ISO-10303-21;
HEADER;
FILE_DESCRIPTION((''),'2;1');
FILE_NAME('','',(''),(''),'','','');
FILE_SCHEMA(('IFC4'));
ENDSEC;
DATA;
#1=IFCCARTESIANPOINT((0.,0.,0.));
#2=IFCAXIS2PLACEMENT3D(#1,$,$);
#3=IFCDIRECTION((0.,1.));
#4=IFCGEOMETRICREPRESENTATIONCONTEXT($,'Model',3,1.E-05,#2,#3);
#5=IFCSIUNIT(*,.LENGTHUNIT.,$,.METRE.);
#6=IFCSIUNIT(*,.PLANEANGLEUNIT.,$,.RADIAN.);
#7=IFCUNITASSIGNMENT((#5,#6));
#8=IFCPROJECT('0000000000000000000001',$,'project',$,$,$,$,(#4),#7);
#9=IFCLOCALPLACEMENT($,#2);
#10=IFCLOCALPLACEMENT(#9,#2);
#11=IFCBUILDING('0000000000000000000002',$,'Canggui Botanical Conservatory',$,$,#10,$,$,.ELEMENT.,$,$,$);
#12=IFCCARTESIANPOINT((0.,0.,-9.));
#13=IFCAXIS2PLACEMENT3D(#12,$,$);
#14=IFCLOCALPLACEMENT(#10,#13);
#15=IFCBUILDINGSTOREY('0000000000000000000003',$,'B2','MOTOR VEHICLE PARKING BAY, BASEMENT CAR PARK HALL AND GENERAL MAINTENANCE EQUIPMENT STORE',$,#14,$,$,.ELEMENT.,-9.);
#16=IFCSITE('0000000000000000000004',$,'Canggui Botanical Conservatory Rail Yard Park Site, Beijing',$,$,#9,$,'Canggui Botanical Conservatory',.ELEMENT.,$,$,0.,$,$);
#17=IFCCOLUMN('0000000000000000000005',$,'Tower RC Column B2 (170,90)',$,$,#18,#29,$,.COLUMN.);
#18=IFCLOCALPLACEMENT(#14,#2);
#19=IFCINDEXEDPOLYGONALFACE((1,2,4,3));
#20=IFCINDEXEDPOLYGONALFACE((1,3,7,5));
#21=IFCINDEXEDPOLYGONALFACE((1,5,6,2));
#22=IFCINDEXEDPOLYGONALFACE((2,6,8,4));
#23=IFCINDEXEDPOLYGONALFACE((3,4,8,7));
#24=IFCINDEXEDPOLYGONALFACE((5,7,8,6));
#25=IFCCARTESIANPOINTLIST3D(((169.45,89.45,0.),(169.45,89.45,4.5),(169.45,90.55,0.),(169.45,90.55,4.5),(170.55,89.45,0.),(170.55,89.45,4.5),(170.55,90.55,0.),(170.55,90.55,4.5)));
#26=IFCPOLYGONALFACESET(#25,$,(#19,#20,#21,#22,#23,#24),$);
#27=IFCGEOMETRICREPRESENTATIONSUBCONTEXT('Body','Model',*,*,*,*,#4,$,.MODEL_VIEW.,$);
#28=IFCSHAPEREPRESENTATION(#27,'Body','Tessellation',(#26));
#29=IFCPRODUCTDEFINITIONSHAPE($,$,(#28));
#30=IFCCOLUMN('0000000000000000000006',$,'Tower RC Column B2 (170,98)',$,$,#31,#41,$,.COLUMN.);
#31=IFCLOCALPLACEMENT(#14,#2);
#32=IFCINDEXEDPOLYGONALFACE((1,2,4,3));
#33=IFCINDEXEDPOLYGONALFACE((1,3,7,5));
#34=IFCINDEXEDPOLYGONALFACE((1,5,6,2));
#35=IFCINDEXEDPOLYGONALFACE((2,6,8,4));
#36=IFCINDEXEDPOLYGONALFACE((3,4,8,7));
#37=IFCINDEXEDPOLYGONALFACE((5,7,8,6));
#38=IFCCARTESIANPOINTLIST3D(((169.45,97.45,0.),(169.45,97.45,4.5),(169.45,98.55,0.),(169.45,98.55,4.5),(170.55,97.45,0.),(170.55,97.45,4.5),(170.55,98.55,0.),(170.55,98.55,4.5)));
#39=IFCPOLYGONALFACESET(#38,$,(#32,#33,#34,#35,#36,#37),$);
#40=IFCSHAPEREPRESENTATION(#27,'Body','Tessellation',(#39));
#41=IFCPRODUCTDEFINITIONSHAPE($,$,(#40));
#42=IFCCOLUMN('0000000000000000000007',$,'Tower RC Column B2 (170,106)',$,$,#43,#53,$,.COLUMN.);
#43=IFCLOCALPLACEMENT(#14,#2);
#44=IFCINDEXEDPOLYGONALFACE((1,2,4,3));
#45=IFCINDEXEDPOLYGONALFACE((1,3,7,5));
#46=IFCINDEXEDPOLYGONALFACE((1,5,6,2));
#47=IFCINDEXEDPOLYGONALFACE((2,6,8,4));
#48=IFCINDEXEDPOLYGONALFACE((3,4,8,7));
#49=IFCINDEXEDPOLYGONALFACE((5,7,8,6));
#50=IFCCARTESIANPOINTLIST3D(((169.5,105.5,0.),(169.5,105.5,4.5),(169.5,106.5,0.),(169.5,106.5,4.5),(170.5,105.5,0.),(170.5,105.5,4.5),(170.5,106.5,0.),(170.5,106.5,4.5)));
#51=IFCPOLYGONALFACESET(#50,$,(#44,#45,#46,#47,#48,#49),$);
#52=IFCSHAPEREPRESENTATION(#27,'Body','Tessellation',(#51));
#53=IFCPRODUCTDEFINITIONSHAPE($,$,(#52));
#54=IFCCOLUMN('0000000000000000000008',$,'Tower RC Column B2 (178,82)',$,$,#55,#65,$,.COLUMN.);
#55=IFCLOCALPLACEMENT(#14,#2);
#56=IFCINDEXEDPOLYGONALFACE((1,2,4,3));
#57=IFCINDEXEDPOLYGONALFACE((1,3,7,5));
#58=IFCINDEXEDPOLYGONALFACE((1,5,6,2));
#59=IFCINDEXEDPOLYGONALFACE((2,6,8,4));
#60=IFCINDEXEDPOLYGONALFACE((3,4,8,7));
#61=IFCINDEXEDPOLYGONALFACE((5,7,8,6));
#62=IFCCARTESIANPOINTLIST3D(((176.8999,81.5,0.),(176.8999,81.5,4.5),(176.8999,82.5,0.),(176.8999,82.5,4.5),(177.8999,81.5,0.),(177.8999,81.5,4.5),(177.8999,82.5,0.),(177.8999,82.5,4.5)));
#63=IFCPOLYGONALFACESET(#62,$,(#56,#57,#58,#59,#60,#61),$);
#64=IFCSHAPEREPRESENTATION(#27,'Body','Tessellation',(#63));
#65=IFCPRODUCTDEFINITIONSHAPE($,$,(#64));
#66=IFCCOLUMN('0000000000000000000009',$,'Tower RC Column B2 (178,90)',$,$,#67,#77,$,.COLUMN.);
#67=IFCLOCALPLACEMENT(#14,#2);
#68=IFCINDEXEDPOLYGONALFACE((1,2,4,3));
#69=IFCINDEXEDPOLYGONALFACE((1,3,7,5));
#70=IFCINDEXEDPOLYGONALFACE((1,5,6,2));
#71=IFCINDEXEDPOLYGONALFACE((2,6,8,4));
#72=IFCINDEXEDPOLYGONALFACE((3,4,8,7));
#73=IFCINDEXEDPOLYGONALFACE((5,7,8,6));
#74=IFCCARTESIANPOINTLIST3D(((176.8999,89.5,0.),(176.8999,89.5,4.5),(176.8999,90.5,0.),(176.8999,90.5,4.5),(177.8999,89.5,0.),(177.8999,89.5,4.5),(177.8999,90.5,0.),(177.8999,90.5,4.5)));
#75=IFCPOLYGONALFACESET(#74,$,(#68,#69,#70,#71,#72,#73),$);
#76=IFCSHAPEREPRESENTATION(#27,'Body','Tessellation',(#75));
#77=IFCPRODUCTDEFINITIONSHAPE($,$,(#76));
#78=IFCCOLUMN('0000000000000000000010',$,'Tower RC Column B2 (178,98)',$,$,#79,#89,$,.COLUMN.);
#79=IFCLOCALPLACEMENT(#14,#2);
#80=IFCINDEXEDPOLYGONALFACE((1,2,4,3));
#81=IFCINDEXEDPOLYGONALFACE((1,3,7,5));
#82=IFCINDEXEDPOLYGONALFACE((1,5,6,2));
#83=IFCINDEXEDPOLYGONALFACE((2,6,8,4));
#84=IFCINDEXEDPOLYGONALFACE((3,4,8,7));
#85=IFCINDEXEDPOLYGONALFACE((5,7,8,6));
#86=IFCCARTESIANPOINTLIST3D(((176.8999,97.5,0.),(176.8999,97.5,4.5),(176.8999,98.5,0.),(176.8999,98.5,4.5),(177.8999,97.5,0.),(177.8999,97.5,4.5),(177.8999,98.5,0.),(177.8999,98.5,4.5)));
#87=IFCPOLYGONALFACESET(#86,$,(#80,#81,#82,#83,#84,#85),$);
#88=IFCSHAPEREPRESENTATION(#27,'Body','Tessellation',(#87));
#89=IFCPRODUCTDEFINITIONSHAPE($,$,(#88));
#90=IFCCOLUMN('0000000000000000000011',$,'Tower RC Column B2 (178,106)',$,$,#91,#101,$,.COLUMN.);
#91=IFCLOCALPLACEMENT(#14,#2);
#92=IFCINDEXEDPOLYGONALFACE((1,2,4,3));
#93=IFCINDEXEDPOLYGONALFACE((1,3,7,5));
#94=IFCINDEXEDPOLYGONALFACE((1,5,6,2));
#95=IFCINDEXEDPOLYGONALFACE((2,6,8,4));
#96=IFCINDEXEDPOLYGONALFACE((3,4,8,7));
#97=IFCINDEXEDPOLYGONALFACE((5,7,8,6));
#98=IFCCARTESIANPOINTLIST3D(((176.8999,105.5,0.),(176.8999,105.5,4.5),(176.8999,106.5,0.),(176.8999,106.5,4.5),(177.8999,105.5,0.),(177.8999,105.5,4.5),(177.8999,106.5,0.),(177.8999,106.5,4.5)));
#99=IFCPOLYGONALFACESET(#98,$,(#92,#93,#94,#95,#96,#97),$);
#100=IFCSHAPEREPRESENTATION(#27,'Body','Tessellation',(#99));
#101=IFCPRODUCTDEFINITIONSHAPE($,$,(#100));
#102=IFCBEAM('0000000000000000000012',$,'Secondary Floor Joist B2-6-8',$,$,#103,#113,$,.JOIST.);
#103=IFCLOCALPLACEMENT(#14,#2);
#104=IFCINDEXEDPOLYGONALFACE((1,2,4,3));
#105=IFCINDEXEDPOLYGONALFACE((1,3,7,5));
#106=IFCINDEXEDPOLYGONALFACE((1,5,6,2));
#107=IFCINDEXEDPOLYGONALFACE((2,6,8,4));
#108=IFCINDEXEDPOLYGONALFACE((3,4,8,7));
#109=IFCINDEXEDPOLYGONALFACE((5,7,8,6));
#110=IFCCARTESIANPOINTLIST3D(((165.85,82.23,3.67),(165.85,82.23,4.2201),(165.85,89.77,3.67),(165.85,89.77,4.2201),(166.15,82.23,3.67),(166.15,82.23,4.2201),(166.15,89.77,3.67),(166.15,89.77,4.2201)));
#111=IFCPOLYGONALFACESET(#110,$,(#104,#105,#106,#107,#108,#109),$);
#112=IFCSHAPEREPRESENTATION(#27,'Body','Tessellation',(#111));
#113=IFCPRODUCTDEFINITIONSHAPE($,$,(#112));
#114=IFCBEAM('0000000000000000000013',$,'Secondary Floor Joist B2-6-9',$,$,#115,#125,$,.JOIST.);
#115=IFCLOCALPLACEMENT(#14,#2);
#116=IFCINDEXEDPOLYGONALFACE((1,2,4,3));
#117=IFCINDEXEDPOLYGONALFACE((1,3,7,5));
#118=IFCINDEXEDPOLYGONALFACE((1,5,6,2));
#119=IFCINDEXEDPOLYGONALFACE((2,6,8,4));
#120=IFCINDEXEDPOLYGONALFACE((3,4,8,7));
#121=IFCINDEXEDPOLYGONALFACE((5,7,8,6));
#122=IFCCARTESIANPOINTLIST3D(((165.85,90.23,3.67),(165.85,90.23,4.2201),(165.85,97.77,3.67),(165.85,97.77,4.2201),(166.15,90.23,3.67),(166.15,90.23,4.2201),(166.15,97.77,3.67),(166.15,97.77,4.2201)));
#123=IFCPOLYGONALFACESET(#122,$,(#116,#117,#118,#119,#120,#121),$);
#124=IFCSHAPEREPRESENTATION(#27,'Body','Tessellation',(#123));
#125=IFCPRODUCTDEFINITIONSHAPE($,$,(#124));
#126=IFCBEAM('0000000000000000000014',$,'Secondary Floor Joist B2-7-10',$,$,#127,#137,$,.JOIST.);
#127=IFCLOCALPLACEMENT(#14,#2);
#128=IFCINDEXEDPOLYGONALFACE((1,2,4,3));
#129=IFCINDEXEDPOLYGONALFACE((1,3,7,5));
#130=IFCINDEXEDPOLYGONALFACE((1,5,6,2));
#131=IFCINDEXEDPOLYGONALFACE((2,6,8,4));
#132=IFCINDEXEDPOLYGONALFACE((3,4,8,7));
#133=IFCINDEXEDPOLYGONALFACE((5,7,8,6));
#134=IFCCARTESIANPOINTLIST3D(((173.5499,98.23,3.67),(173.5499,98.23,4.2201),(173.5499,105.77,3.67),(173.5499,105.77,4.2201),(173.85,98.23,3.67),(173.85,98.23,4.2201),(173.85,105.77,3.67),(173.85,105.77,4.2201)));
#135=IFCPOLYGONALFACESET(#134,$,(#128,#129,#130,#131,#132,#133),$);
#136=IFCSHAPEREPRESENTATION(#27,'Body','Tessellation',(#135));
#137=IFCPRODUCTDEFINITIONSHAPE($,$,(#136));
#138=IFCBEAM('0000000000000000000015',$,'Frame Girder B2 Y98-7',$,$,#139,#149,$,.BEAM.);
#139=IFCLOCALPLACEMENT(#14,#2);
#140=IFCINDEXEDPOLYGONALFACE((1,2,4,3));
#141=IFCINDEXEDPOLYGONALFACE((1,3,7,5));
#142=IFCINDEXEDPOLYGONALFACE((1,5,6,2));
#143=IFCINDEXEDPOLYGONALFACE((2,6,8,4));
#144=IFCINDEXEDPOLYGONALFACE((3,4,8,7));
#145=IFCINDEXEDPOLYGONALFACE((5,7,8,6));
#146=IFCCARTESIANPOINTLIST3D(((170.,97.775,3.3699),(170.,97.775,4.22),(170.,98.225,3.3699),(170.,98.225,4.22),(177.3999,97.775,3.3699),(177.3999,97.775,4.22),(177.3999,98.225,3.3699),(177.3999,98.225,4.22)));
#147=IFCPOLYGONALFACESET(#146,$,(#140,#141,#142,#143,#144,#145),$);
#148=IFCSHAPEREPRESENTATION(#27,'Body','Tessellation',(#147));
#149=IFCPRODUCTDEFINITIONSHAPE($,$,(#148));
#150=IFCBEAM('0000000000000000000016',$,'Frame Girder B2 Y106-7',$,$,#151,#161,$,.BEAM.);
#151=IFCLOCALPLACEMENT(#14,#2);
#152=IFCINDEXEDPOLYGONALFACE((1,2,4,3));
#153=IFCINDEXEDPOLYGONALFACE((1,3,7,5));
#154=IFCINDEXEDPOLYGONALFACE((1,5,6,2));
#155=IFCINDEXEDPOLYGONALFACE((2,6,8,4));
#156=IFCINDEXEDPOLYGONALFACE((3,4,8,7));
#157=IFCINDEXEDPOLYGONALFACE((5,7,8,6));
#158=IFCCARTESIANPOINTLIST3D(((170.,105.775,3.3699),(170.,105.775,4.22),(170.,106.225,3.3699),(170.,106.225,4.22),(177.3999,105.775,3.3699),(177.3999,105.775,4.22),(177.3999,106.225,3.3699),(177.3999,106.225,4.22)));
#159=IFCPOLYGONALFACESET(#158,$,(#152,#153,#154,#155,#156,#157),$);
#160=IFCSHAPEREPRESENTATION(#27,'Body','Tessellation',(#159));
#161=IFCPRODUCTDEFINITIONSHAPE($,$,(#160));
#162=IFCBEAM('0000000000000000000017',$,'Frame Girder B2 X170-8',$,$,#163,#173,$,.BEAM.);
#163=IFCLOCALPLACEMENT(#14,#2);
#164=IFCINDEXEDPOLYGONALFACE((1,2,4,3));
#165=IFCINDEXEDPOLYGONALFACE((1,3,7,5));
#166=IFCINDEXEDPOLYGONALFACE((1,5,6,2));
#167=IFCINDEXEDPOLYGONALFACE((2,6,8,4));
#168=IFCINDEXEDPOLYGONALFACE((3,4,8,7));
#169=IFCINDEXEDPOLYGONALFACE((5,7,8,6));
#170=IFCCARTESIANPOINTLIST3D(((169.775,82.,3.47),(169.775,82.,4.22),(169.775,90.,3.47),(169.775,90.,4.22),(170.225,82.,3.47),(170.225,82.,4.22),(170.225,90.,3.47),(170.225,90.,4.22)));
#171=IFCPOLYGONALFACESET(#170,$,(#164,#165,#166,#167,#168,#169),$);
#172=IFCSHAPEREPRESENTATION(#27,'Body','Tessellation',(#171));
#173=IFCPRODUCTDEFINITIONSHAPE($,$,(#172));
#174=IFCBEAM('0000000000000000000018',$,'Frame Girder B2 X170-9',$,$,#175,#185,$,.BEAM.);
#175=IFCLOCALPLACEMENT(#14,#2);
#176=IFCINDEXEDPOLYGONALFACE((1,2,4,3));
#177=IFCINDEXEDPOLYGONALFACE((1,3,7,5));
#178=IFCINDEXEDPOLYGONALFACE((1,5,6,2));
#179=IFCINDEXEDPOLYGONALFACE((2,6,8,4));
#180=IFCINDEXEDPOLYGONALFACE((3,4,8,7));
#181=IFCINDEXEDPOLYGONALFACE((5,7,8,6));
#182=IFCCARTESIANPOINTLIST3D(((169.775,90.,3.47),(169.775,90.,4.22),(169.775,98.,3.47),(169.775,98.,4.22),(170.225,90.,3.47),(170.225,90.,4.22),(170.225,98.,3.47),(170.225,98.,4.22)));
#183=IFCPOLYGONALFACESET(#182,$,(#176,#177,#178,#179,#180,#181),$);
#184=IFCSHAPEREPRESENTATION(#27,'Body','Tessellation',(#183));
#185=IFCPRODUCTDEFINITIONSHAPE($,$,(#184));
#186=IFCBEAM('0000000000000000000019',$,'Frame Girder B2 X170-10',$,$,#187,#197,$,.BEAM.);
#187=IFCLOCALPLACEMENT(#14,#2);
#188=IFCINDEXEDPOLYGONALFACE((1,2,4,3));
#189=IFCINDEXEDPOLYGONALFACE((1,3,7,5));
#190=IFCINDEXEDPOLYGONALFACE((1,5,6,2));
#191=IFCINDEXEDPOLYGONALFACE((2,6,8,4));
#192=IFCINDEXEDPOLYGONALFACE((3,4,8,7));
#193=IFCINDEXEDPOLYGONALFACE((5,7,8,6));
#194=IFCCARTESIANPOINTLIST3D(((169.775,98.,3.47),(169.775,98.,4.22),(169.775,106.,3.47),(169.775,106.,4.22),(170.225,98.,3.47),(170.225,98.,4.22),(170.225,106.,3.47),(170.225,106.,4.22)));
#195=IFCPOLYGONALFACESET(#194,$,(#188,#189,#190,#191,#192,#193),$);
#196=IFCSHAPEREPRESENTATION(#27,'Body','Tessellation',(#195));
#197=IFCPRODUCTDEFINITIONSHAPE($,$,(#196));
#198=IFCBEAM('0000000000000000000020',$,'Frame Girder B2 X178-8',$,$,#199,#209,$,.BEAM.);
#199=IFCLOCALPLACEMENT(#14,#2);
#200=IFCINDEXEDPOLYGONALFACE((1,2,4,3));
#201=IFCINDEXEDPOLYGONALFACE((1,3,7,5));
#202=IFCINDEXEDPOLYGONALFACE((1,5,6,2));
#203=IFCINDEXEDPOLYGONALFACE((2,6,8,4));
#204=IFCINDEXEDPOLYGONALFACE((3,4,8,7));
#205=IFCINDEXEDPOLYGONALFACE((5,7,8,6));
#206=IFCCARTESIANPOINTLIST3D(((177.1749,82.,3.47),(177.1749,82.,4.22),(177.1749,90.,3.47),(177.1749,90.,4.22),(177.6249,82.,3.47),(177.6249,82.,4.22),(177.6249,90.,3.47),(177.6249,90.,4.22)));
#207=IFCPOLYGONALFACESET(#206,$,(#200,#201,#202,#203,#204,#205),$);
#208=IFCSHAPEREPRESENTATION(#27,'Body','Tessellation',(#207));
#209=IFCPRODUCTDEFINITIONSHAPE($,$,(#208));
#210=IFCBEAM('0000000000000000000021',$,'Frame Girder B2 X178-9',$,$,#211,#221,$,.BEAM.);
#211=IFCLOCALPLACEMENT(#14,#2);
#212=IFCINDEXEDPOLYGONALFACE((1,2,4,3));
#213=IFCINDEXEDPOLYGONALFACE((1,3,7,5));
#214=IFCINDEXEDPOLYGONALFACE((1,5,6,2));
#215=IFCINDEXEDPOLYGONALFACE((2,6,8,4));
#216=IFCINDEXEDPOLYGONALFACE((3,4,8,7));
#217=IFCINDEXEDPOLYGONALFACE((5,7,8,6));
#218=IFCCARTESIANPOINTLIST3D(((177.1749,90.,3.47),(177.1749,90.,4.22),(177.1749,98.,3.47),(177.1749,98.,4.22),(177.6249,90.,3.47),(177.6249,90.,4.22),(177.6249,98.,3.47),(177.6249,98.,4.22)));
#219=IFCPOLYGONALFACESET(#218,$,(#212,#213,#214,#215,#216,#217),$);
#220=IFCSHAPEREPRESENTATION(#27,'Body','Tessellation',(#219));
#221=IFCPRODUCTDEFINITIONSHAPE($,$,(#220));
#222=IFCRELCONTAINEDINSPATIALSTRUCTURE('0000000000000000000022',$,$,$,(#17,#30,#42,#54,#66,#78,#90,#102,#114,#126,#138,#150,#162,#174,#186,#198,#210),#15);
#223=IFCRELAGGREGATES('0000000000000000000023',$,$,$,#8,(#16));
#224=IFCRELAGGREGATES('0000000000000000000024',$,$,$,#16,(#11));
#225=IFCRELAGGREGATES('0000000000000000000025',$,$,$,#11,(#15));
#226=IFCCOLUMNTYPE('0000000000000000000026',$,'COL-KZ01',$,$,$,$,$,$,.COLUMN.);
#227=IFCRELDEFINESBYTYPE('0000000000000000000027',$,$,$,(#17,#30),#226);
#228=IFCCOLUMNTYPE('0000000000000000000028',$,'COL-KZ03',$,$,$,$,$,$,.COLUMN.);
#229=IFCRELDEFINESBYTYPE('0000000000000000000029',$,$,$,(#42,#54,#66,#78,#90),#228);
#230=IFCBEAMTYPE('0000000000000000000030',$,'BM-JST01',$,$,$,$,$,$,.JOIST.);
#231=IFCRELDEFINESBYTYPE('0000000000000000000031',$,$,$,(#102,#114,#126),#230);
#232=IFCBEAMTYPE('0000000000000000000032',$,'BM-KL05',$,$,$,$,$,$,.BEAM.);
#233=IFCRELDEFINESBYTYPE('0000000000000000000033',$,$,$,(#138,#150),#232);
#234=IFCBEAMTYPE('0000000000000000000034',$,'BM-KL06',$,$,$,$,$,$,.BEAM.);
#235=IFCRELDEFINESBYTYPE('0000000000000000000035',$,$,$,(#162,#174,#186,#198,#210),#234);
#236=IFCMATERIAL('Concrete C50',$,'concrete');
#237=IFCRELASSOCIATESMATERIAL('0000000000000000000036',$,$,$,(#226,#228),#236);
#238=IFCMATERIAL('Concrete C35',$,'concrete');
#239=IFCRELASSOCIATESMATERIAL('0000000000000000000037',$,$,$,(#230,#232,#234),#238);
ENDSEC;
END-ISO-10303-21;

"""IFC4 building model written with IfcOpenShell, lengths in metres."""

from ifc_helpers import new_model, si_unit, direction, frame, origin, origin_2d, place, context, subcontext, project, spatial, rectangle, extrude, material, material_profile, profile_set, type_object, element, save


model = new_model("IFC4")

# Units and contexts
model_context = context("Model", 3, precision=1e-05, world=origin(), true_north=direction((0.0, 1.0)))
body_context = subcontext(model_context, "Body", "Model", "MODEL_VIEW")
ifc_project = project(units=[si_unit("LENGTHUNIT", "METRE"), si_unit("PLANEANGLEUNIT", "RADIAN")], contexts=[model_context])

# Site, building, storey
site_placement = place(None, origin())
site = spatial("IfcSite", under=ifc_project, at=site_placement, Name="Canggui Botanical Conservatory Rail Yard Park Site, Beijing", LongName="Canggui Botanical Conservatory", CompositionType="ELEMENT", RefElevation=0.0)
building_placement = place(site_placement, origin())
building = spatial("IfcBuilding", under=site, at=building_placement, Name="Canggui Botanical Conservatory", CompositionType="ELEMENT")
storey_placement = place(building_placement, frame((0.0, 0.0, -9.0)))
storey = spatial("IfcBuildingStorey", under=building, at=storey_placement, Name="B2", Description="MOTOR VEHICLE PARKING BAY, BASEMENT CAR PARK HALL AND GENERAL MAINTENANCE EQUIPMENT STORE", CompositionType="ELEMENT", Elevation=-9.0)

# Shared definitions
ifc_material_1 = material(Name="Concrete C35", Category="concrete")

# Columns
ifc_material_2 = material(Name="Concrete C50", Category="concrete")
ifc_material_profile_1 = material_profile(ifc_material_2, rectangle(XDim=1.1001, YDim=1.1001, at=origin_2d()), Name="RC 1100x1100")
ifc_profile_set_1 = profile_set([ifc_material_profile_1], Name="Concrete C50")
column_type_1 = type_object("IfcColumnType", Name="COL-KZ01", PredefinedType="COLUMN", material=ifc_profile_set_1)
for number, where, z_axis, x_axis, name in (
    (1, (170.0, 90.0, 0.0), (0.0, 0.0, 1.0), (1.0, 0.0, 0.0), "Tower RC Column B2 (170,90)"),
    (2, (170.0, 98.0, 0.0), (0.0, 0.0, 1.0), (1.0, 0.0, 0.0), "Tower RC Column B2 (170,98)"),
):
    element("IfcColumn", number, at=place(storey_placement, frame(where, z_axis=z_axis, x_axis=x_axis)), inside=storey, type_object=column_type_1, Name=name, PredefinedType="COLUMN", context=body_context, shape_type="SweptSolid", body=[
        extrude(rectangle(XDim=1.1001, YDim=1.1001, at=origin_2d()), origin(), (0.0, 0.0, 1.0), 4.5),
    ])
ifc_material_profile_2 = material_profile(ifc_material_2, rectangle(XDim=1.0, YDim=1.0, at=origin_2d()), Name="RC 1000x1000")
ifc_profile_set_2 = profile_set([ifc_material_profile_2], Name="Concrete C50")
column_type_2 = type_object("IfcColumnType", Name="COL-KZ03", PredefinedType="COLUMN", material=ifc_profile_set_2)
for number, where, z_axis, x_axis, name in (
    (3, (170.0, 106.0, 0.0), (0.0, 0.0, 1.0), (1.0, 0.0, 0.0), "Tower RC Column B2 (170,106)"),
    (4, (177.3999, 82.0, 0.0), (0.0, 0.0, 1.0), (1.0, 0.0, 0.0), "Tower RC Column B2 (178,82)"),
    (5, (177.3999, 90.0, 0.0), (0.0, 0.0, 1.0), (1.0, 0.0, 0.0), "Tower RC Column B2 (178,90)"),
    (6, (177.3999, 98.0, 0.0), (0.0, 0.0, 1.0), (1.0, 0.0, 0.0), "Tower RC Column B2 (178,98)"),
    (7, (177.3999, 106.0, 0.0), (0.0, 0.0, 1.0), (1.0, 0.0, 0.0), "Tower RC Column B2 (178,106)"),
):
    element("IfcColumn", number, at=place(storey_placement, frame(where, z_axis=z_axis, x_axis=x_axis)), inside=storey, type_object=column_type_2, Name=name, PredefinedType="COLUMN", context=body_context, shape_type="SweptSolid", body=[
        extrude(rectangle(XDim=1.0, YDim=1.0, at=origin_2d()), origin(), (0.0, 0.0, 1.0), 4.5),
    ])

# Beams
ifc_material_profile_3 = material_profile(ifc_material_1, rectangle(XDim=0.3, YDim=0.55, at=origin_2d()), Name="RB 300x550")
ifc_profile_set_3 = profile_set([ifc_material_profile_3], Name="Concrete C35")
beam_type_1 = type_object("IfcBeamType", Name="BM-JST01", PredefinedType="JOIST", material=ifc_profile_set_3)
for number, where, z_axis, x_axis, name in (
    (8, (166.0, 82.23, 3.9451), (0.0, 1.0, 0.0), (-1.0, 0.0, 0.0), "Secondary Floor Joist B2-6-8"),
    (9, (166.0, 90.23, 3.9451), (0.0, 1.0, 0.0), (-1.0, 0.0, 0.0), "Secondary Floor Joist B2-6-9"),
    (10, (173.7, 98.23, 3.9451), (0.0, 1.0, 0.0), (-1.0, 0.0, 0.0), "Secondary Floor Joist B2-7-10"),
):
    element("IfcBeam", number, at=place(storey_placement, frame(where, z_axis=z_axis, x_axis=x_axis)), inside=storey, type_object=beam_type_1, Name=name, PredefinedType="JOIST", context=body_context, shape_type="SweptSolid", body=[
        extrude(rectangle(XDim=0.3, YDim=0.55, at=origin_2d()), origin(), (0.0, 0.0, 1.0), 7.54),
    ])
ifc_material_profile_4 = material_profile(ifc_material_1, rectangle(XDim=0.45, YDim=0.8501, at=origin_2d()), Name="RB 450x850")
ifc_profile_set_4 = profile_set([ifc_material_profile_4], Name="Concrete C35")
beam_type_2 = type_object("IfcBeamType", Name="BM-KL05", PredefinedType="BEAM", material=ifc_profile_set_4)
for number, where, z_axis, x_axis, name in (
    (11, (170.0, 98.0, 3.7949), (1.0, 0.0, 0.0), (0.0, 1.0, 0.0), "Frame Girder B2 Y98-7"),
    (12, (170.0, 106.0, 3.7949), (1.0, 0.0, 0.0), (0.0, 1.0, 0.0), "Frame Girder B2 Y106-7"),
):
    element("IfcBeam", number, at=place(storey_placement, frame(where, z_axis=z_axis, x_axis=x_axis)), inside=storey, type_object=beam_type_2, Name=name, PredefinedType="BEAM", context=body_context, shape_type="SweptSolid", body=[
        extrude(rectangle(XDim=0.45, YDim=0.8501, at=origin_2d()), origin(), (0.0, 0.0, 1.0), 7.3999),
    ])
ifc_material_profile_5 = material_profile(ifc_material_1, rectangle(XDim=0.45, YDim=0.75, at=origin_2d()), Name="RB 450x750")
ifc_profile_set_5 = profile_set([ifc_material_profile_5], Name="Concrete C35")
beam_type_3 = type_object("IfcBeamType", Name="BM-KL06", PredefinedType="BEAM", material=ifc_profile_set_5)
for number, where, z_axis, x_axis, name in (
    (13, (170.0, 82.0, 3.845), (0.0, 1.0, 0.0), (-1.0, 0.0, 0.0), "Frame Girder B2 X170-8"),
    (14, (170.0, 90.0, 3.845), (0.0, 1.0, 0.0), (-1.0, 0.0, 0.0), "Frame Girder B2 X170-9"),
    (15, (170.0, 98.0, 3.845), (0.0, 1.0, 0.0), (-1.0, 0.0, 0.0), "Frame Girder B2 X170-10"),
    (16, (177.3999, 82.0, 3.845), (0.0, 1.0, 0.0), (-1.0, 0.0, 0.0), "Frame Girder B2 X178-8"),
    (17, (177.3999, 90.0, 3.845), (0.0, 1.0, 0.0), (-1.0, 0.0, 0.0), "Frame Girder B2 X178-9"),
):
    element("IfcBeam", number, at=place(storey_placement, frame(where, z_axis=z_axis, x_axis=x_axis)), inside=storey, type_object=beam_type_3, Name=name, PredefinedType="BEAM", context=body_context, shape_type="SweptSolid", body=[
        extrude(rectangle(XDim=0.45, YDim=0.75, at=origin_2d()), origin(), (0.0, 0.0, 1.0), 8.0),
    ])

save(model, "model.ifc")
